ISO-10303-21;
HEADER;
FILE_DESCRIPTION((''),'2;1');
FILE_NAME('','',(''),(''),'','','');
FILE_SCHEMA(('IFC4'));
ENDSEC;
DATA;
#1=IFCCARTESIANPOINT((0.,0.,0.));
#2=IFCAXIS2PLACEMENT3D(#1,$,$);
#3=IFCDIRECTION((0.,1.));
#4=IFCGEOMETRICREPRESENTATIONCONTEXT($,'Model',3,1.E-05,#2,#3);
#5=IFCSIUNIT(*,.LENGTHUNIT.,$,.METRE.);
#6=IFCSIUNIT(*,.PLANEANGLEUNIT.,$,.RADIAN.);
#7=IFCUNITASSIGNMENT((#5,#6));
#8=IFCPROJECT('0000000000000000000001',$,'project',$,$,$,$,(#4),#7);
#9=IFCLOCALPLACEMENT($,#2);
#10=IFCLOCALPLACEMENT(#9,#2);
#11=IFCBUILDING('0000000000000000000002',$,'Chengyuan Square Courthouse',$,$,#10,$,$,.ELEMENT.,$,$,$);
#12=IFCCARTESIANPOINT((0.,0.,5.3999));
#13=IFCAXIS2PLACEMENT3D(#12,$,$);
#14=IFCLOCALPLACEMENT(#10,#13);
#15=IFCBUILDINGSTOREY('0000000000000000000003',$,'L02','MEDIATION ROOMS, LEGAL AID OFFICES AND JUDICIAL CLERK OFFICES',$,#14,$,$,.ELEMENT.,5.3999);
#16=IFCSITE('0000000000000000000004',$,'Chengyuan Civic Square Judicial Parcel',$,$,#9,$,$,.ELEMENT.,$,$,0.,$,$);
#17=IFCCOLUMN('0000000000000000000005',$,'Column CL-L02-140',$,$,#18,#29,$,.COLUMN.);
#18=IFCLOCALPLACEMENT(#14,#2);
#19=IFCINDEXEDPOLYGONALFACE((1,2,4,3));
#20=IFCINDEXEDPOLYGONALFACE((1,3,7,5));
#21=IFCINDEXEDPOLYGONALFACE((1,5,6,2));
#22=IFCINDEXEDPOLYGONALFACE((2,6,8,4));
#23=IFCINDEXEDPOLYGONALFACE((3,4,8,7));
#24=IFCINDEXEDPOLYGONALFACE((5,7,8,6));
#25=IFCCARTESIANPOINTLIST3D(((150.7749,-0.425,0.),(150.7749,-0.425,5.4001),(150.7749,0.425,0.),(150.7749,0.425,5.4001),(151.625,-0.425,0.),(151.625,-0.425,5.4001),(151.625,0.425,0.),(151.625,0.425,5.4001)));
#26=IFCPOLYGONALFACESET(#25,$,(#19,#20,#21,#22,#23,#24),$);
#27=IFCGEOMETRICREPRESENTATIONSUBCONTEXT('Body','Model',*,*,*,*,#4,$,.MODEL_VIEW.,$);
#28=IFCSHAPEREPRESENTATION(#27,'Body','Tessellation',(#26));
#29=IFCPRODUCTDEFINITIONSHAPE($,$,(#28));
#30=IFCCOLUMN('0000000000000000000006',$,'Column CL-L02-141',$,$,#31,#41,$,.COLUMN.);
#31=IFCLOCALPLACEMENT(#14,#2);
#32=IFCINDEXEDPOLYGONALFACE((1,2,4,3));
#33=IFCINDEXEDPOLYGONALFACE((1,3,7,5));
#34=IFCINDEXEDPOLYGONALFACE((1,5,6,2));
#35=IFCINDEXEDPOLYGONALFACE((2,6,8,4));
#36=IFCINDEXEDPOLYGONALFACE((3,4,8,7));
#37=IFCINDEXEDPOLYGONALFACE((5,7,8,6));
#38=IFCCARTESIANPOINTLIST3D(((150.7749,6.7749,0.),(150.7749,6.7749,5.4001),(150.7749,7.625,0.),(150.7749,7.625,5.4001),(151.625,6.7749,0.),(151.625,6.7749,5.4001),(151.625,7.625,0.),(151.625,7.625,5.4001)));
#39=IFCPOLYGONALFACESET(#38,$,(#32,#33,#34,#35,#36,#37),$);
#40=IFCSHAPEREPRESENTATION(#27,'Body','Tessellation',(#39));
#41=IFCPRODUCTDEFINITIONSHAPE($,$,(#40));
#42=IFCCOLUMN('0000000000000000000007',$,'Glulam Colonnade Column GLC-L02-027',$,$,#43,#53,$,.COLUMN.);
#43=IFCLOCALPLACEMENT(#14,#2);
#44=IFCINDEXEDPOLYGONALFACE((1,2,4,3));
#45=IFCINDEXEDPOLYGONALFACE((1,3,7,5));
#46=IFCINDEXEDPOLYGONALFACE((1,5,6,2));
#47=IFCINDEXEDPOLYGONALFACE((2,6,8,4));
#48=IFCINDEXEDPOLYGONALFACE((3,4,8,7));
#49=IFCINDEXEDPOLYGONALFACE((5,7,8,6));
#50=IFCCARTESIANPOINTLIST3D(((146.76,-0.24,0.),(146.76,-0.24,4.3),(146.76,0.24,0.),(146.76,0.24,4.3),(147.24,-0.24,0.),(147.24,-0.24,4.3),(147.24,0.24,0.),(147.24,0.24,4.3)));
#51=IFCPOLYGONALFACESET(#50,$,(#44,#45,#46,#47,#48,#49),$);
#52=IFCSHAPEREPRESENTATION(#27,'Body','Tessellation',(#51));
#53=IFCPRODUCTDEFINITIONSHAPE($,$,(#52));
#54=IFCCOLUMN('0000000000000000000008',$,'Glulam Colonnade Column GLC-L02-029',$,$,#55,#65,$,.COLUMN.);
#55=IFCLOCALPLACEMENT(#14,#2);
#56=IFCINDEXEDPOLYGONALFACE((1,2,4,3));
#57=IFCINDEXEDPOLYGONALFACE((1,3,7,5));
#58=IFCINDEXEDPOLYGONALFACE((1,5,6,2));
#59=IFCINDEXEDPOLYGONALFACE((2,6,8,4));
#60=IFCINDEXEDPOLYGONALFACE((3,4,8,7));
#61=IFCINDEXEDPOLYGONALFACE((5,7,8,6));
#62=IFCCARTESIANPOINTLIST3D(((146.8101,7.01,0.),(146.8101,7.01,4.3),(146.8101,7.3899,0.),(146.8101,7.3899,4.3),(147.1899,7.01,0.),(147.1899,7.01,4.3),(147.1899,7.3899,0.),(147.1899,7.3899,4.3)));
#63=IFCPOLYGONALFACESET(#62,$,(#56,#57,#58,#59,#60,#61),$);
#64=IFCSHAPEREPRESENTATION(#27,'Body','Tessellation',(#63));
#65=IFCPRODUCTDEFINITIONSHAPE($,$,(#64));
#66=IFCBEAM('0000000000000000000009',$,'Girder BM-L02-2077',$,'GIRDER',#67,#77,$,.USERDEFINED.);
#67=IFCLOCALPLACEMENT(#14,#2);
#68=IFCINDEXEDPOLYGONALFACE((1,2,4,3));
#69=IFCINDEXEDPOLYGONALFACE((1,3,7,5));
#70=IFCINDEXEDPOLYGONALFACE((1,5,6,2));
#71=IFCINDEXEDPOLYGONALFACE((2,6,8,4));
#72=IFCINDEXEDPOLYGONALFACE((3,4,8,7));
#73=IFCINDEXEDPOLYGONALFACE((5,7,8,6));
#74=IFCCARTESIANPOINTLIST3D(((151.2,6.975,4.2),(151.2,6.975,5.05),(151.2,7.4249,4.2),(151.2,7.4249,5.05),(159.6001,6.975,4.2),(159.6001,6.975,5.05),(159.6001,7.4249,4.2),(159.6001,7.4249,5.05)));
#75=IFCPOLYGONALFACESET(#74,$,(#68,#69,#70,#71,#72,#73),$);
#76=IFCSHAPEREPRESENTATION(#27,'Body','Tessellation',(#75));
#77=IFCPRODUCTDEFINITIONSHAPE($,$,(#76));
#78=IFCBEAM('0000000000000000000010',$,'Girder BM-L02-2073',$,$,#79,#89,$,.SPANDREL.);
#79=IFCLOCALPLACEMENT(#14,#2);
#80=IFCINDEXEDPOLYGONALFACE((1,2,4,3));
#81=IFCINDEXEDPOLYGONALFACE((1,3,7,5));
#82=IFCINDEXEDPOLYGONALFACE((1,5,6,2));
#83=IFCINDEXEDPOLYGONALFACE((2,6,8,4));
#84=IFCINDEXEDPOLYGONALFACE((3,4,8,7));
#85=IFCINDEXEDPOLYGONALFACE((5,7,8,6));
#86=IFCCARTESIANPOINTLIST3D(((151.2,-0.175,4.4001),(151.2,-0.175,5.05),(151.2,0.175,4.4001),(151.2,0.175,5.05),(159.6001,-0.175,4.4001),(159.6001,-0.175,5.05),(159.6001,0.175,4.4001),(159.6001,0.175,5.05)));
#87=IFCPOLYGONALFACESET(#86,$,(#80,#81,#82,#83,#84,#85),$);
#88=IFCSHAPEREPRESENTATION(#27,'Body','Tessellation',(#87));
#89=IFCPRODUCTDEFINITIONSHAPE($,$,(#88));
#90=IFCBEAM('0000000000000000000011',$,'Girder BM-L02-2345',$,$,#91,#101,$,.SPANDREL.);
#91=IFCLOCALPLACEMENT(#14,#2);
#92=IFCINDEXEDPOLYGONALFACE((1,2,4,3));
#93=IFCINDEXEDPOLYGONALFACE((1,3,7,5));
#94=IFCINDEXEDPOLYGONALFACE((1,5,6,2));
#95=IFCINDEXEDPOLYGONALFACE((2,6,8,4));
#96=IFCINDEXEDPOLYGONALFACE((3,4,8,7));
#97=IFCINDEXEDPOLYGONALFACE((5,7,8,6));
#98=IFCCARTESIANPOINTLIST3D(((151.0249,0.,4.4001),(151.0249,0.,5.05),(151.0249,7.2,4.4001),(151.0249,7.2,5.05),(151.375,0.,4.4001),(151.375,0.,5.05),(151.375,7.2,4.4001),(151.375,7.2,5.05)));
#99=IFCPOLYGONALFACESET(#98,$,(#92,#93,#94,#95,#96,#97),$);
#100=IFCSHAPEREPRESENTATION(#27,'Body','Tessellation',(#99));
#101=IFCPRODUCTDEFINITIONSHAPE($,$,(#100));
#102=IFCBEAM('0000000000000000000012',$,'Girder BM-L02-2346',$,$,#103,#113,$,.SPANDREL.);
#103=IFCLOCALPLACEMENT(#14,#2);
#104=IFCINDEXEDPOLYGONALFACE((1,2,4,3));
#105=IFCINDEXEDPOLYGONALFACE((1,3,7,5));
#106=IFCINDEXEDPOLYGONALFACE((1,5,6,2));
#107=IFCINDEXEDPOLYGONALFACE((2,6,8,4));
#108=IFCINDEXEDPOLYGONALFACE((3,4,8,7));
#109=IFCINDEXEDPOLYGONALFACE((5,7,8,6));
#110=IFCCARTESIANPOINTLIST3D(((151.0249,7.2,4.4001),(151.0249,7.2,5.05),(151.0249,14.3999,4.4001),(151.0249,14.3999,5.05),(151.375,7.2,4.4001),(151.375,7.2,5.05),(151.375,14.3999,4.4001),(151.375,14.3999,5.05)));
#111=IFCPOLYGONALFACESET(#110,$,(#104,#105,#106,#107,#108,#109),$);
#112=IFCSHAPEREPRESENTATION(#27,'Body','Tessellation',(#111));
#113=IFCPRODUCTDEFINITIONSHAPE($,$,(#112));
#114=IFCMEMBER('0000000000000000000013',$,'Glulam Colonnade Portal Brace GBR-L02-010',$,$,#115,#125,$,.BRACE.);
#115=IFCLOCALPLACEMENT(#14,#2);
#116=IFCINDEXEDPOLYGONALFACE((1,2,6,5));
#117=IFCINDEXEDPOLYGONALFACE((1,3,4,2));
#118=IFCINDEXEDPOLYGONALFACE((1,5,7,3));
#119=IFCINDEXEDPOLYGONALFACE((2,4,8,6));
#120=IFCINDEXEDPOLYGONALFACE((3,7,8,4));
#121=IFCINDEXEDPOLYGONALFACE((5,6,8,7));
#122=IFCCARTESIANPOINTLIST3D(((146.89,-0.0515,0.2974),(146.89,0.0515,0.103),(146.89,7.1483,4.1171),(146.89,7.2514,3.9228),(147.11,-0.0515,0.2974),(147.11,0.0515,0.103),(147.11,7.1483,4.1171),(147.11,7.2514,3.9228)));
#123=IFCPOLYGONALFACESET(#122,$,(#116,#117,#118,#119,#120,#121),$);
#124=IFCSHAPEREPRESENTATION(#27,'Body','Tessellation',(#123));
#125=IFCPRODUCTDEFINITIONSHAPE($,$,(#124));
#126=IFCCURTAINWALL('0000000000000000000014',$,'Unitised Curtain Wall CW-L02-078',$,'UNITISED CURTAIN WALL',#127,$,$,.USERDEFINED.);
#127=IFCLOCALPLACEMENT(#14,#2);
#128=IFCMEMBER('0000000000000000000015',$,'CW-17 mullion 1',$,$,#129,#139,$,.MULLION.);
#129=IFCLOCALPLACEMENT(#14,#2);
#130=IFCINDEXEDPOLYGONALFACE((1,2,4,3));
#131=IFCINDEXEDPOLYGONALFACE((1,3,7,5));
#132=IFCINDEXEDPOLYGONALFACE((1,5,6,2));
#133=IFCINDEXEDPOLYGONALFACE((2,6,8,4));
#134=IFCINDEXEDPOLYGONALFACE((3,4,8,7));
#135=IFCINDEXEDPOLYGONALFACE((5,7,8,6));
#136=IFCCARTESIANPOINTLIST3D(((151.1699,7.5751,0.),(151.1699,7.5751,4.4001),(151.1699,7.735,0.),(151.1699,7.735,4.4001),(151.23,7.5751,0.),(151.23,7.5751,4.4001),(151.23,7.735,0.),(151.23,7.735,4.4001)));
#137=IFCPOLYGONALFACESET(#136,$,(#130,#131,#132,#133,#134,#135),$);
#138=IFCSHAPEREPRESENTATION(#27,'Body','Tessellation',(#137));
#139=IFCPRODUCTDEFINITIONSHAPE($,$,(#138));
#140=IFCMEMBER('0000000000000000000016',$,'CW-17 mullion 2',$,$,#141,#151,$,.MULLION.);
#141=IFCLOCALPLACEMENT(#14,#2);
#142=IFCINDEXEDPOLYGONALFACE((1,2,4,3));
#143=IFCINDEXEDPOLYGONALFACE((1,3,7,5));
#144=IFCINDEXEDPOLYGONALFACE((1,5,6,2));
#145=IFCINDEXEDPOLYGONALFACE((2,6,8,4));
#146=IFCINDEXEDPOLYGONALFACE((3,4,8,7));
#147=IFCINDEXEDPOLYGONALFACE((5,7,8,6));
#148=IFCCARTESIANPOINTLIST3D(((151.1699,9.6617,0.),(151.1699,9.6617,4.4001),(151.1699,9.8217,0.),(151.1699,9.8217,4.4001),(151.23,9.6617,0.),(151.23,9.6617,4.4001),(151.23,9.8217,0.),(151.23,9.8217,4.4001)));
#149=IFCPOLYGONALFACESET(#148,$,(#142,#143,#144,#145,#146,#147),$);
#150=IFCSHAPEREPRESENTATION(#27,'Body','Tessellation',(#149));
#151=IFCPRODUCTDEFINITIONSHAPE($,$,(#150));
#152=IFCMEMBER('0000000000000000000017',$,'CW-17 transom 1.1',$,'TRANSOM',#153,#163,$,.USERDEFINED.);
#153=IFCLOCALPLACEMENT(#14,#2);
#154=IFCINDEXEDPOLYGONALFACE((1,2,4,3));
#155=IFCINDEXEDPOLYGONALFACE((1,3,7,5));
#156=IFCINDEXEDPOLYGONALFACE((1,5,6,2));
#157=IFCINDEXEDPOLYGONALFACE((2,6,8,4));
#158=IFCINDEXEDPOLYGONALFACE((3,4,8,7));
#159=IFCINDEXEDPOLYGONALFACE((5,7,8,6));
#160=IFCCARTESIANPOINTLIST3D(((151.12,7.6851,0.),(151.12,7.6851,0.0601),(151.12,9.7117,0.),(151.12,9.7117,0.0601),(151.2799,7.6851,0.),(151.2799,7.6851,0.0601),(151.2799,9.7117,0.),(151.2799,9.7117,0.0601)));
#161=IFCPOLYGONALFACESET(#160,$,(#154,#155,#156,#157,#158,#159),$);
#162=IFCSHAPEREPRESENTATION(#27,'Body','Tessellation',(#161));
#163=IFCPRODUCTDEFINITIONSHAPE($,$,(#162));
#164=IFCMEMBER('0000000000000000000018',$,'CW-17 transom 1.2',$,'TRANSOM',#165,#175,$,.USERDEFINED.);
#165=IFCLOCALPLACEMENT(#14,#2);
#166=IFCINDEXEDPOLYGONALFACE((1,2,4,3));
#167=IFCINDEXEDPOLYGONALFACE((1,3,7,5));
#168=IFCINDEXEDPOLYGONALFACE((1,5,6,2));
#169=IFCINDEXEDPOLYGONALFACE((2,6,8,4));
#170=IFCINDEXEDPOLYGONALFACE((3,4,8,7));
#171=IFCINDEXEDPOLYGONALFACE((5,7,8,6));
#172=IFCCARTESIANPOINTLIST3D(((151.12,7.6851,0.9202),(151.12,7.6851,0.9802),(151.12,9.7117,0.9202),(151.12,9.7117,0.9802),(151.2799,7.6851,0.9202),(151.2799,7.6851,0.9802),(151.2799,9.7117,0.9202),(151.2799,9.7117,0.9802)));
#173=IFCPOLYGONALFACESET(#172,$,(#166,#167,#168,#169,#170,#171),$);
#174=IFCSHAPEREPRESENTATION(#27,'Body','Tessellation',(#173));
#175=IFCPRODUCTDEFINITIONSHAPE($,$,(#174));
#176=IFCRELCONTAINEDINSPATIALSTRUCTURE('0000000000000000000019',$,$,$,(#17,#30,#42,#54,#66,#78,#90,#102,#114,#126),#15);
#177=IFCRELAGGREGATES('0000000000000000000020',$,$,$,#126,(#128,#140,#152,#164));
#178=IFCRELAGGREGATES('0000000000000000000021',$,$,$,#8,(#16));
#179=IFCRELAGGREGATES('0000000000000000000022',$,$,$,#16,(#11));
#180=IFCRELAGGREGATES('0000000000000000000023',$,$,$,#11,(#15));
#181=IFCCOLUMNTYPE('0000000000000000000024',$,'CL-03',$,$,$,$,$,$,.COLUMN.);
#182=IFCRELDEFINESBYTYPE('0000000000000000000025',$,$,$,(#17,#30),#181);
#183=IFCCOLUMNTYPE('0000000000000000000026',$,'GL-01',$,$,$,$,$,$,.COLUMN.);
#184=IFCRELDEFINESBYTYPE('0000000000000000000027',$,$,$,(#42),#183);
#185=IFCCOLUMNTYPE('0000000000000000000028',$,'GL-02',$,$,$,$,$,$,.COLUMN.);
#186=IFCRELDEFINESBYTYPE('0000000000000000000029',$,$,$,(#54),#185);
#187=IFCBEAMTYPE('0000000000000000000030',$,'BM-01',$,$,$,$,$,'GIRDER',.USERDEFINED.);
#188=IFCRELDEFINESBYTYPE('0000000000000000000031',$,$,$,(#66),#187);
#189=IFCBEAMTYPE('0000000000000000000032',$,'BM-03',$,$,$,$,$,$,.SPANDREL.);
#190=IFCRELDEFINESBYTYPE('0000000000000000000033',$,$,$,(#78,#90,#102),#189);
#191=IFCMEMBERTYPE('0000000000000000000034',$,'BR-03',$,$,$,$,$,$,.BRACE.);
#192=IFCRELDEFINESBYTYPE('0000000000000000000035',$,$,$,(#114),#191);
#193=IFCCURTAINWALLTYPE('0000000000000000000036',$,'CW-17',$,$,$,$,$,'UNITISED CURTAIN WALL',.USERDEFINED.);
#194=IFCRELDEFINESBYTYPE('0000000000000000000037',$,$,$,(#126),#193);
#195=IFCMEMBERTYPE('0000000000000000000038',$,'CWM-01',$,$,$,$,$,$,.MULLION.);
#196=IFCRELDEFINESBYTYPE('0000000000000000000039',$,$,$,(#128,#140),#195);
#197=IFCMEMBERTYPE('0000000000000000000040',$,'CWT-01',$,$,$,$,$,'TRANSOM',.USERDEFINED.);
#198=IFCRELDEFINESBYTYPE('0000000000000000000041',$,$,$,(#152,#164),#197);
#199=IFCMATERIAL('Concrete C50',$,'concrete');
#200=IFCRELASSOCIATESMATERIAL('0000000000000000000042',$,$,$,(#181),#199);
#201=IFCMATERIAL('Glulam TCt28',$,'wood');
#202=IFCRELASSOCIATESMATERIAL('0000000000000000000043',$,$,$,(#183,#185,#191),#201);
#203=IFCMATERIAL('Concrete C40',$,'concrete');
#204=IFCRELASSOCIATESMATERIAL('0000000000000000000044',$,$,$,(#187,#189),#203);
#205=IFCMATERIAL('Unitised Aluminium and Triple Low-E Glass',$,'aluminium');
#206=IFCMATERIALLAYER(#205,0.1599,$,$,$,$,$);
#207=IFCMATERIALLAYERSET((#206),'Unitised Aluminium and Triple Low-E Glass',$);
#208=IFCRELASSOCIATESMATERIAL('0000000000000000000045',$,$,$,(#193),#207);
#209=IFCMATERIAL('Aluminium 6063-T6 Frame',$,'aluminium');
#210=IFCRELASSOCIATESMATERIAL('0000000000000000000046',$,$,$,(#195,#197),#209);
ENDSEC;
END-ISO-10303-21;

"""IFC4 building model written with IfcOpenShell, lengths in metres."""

from ifc_helpers import new_model, si_unit, direction, frame, origin, origin_2d, place, context, subcontext, project, spatial, rectangle, extrude, material, layer, layer_set, material_profile, profile_set, type_object, element, aggregate, save


model = new_model("IFC4")

# Units and contexts
model_context = context("Model", 3, precision=1e-05, world=origin(), true_north=direction((0.0, 1.0)))
body_context = subcontext(model_context, "Body", "Model", "MODEL_VIEW")
ifc_project = project(units=[si_unit("LENGTHUNIT", "METRE"), si_unit("PLANEANGLEUNIT", "RADIAN")], contexts=[model_context])

# Site, building, storey
site_placement = place(None, origin())
site = spatial("IfcSite", under=ifc_project, at=site_placement, Name="Chengyuan Civic Square Judicial Parcel", CompositionType="ELEMENT", RefElevation=0.0)
building_placement = place(site_placement, origin())
building = spatial("IfcBuilding", under=site, at=building_placement, Name="Chengyuan Square Courthouse", CompositionType="ELEMENT")
storey_placement = place(building_placement, frame((0.0, 0.0, 5.3999)))
storey = spatial("IfcBuildingStorey", under=building, at=storey_placement, Name="L02", Description="MEDIATION ROOMS, LEGAL AID OFFICES AND JUDICIAL CLERK OFFICES", CompositionType="ELEMENT", Elevation=5.3999)

# Columns
ifc_material_1 = material(Name="Concrete C50", Category="concrete")
ifc_material_profile_1 = material_profile(ifc_material_1, rectangle(XDim=0.8501, YDim=0.8501, at=origin_2d()), Name="RC-COL-850x850")
ifc_profile_set_1 = profile_set([ifc_material_profile_1], Name="Concrete C50")
column_type_1 = type_object("IfcColumnType", Name="CL-03", PredefinedType="COLUMN", material=ifc_profile_set_1)
for number, where, z_axis, x_axis, name in (
    (1, (151.2, 0.0, 0.0), (0.0, 0.0, 1.0), (1.0, 0.0, 0.0), "Column CL-L02-140"),
    (2, (151.2, 7.2, 0.0), (0.0, 0.0, 1.0), (1.0, 0.0, 0.0), "Column CL-L02-141"),
):
    element("IfcColumn", number, at=place(storey_placement, frame(where, z_axis=z_axis, x_axis=x_axis)), inside=storey, type_object=column_type_1, Name=name, PredefinedType="COLUMN", context=body_context, shape_type="SweptSolid", body=[
        extrude(rectangle(XDim=0.8501, YDim=0.8501, at=origin_2d()), origin(), (0.0, 0.0, 1.0), 5.4001),
    ])
ifc_material_2 = material(Name="Glulam TCt28", Category="wood")
ifc_material_profile_2 = material_profile(ifc_material_2, rectangle(XDim=0.48, YDim=0.48, at=origin_2d()), Name="GL-COL-480x480")
ifc_profile_set_2 = profile_set([ifc_material_profile_2], Name="Glulam TCt28")
column_type_2 = type_object("IfcColumnType", Name="GL-01", PredefinedType="COLUMN", material=ifc_profile_set_2)
column_1_placement = place(storey_placement, frame((147.0, 0.0, 0.0), z_axis=(0.0, 0.0, 1.0), x_axis=(1.0, 0.0, 0.0)))
element("IfcColumn", 3, at=column_1_placement, inside=storey, type_object=column_type_2, Name="Glulam Colonnade Column GLC-L02-027", PredefinedType="COLUMN", context=body_context, shape_type="SweptSolid", body=[
    extrude(rectangle(XDim=0.48, YDim=0.48, at=origin_2d()), origin(), (0.0, 0.0, 1.0), 4.3),
])
ifc_material_profile_3 = material_profile(ifc_material_2, rectangle(XDim=0.3799, YDim=0.3799, at=origin_2d()), Name="GL-COL-380x380")
ifc_profile_set_3 = profile_set([ifc_material_profile_3], Name="Glulam TCt28")
column_type_3 = type_object("IfcColumnType", Name="GL-02", PredefinedType="COLUMN", material=ifc_profile_set_3)
column_2_placement = place(storey_placement, frame((147.0, 7.2, 0.0), z_axis=(0.0, 0.0, 1.0), x_axis=(1.0, 0.0, 0.0)))
element("IfcColumn", 4, at=column_2_placement, inside=storey, type_object=column_type_3, Name="Glulam Colonnade Column GLC-L02-029", PredefinedType="COLUMN", context=body_context, shape_type="SweptSolid", body=[
    extrude(rectangle(XDim=0.3799, YDim=0.3799, at=origin_2d()), origin(), (0.0, 0.0, 1.0), 4.3),
])

# Beams
ifc_material_3 = material(Name="Concrete C40", Category="concrete")
ifc_material_profile_4 = material_profile(ifc_material_3, rectangle(XDim=0.45, YDim=0.8501, at=origin_2d()), Name="RC-BM-450x850")
ifc_profile_set_4 = profile_set([ifc_material_profile_4], Name="Concrete C40")
beam_type_1 = type_object("IfcBeamType", Name="BM-01", ElementType="GIRDER", PredefinedType="USERDEFINED", material=ifc_profile_set_4)
beam_1_placement = place(storey_placement, frame((151.2, 7.2, 4.625), z_axis=(1.0, 0.0, 0.0), x_axis=(0.0, 1.0, 0.0)))
element("IfcBeam", 5, at=beam_1_placement, inside=storey, type_object=beam_type_1, Name="Girder BM-L02-2077", ObjectType="GIRDER", PredefinedType="USERDEFINED", context=body_context, shape_type="SweptSolid", body=[
    extrude(rectangle(XDim=0.45, YDim=0.8501, at=origin_2d()), origin(), (0.0, 0.0, 1.0), 8.4001),
])
ifc_material_profile_5 = material_profile(ifc_material_3, rectangle(XDim=0.3501, YDim=0.6499, at=origin_2d()), Name="RC-BM-350x650")
ifc_profile_set_5 = profile_set([ifc_material_profile_5], Name="Concrete C40")
beam_type_2 = type_object("IfcBeamType", Name="BM-03", PredefinedType="SPANDREL", material=ifc_profile_set_5)
beam_2_placement = place(storey_placement, frame((151.2, 0.0, 4.7251), z_axis=(1.0, 0.0, 0.0), x_axis=(0.0, 1.0, 0.0)))
element("IfcBeam", 6, at=beam_2_placement, inside=storey, type_object=beam_type_2, Name="Girder BM-L02-2073", PredefinedType="SPANDREL", context=body_context, shape_type="SweptSolid", body=[
    extrude(rectangle(XDim=0.3501, YDim=0.6499, at=origin_2d()), origin(), (0.0, 0.0, 1.0), 8.4001),
])
for number, where, z_axis, x_axis, name in (
    (7, (151.2, 0.0, 4.7251), (0.0, 1.0, 0.0), (-1.0, 0.0, 0.0), "Girder BM-L02-2345"),
    (8, (151.2, 7.2, 4.7251), (0.0, 1.0, 0.0), (-1.0, 0.0, 0.0), "Girder BM-L02-2346"),
):
    element("IfcBeam", number, at=place(storey_placement, frame(where, z_axis=z_axis, x_axis=x_axis)), inside=storey, type_object=beam_type_2, Name=name, PredefinedType="SPANDREL", context=body_context, shape_type="SweptSolid", body=[
        extrude(rectangle(XDim=0.3501, YDim=0.6499, at=origin_2d()), origin(), (0.0, 0.0, 1.0), 7.2),
    ])

# Member
ifc_material_profile_6 = material_profile(ifc_material_2, rectangle(XDim=0.22, YDim=0.22, at=origin_2d()), Name="GL-BR-220x220")
ifc_profile_set_6 = profile_set([ifc_material_profile_6], Name="Glulam TCt28")
member_type_1 = type_object("IfcMemberType", Name="BR-03", PredefinedType="BRACE", material=ifc_profile_set_6)
member_1_placement = place(storey_placement, frame((147.0, 0.0, 0.2002), z_axis=(0.0, 0.883377, 0.468662), x_axis=(-1.0, 0.0, 0.0)))
element("IfcMember", 9, at=member_1_placement, inside=storey, type_object=member_type_1, Name="Glulam Colonnade Portal Brace GBR-L02-010", PredefinedType="BRACE", context=body_context, shape_type="SweptSolid", body=[
    extrude(rectangle(XDim=0.22, YDim=0.22, at=origin_2d()), origin(), (0.0, 0.0, 1.0), 8.1504),
])

# Curtain wall, members
ifc_material_4 = material(Name="Unitised Aluminium and Triple Low-E Glass", Category="aluminium")
ifc_layer_1 = layer(ifc_material_4, 0.1599)
ifc_layer_set_1 = layer_set([ifc_layer_1], Name="Unitised Aluminium and Triple Low-E Glass")
curtain_wall_type = type_object("IfcCurtainWallType", Name="CW-17", ElementType="UNITISED CURTAIN WALL", PredefinedType="USERDEFINED", material=ifc_layer_set_1)
curtain_wall_placement = place(storey_placement, origin())
curtain_wall = element("IfcCurtainWall", 10, at=curtain_wall_placement, inside=storey, type_object=curtain_wall_type, Name="Unitised Curtain Wall CW-L02-078", ObjectType="UNITISED CURTAIN WALL", PredefinedType="USERDEFINED")
ifc_material_5 = material(Name="Aluminium 6063-T6 Frame", Category="aluminium")
ifc_material_profile_7 = material_profile(ifc_material_5, rectangle(XDim=0.0601, YDim=0.1599, at=origin_2d()), Name="CW-MUL-60x160")
ifc_profile_set_7 = profile_set([ifc_material_profile_7], Name="Aluminium 6063-T6 Frame")
member_type_2 = type_object("IfcMemberType", Name="CWM-01", PredefinedType="MULLION", material=ifc_profile_set_7)
member_2_placement = place(storey_placement, frame((151.2, 7.655, 0.0), z_axis=(0.0, 0.0, 1.0), x_axis=(-1.0, 0.0, 0.0)))
member_2 = element("IfcMember", 11, at=member_2_placement, type_object=member_type_2, Name="CW-17 mullion 1", PredefinedType="MULLION", context=body_context, shape_type="SweptSolid", body=[
    extrude(rectangle(XDim=0.0601, YDim=0.1599, at=origin_2d()), origin(), (0.0, 0.0, 1.0), 4.4001),
])
member_3_placement = place(storey_placement, frame((151.2, 9.7417, 0.0), z_axis=(0.0, 0.0, 1.0), x_axis=(-1.0, 0.0, 0.0)))
member_3 = element("IfcMember", 12, at=member_3_placement, type_object=member_type_2, Name="CW-17 mullion 2", PredefinedType="MULLION", context=body_context, shape_type="SweptSolid", body=[
    extrude(rectangle(XDim=0.0601, YDim=0.1599, at=origin_2d()), origin(), (0.0, 0.0, 1.0), 4.4001),
])
ifc_material_profile_8 = material_profile(ifc_material_5, rectangle(XDim=0.1599, YDim=0.0601, at=origin_2d()), Name="CW-TRN-60x120")
ifc_profile_set_8 = profile_set([ifc_material_profile_8], Name="Aluminium 6063-T6 Frame")
member_type_3 = type_object("IfcMemberType", Name="CWT-01", ElementType="TRANSOM", PredefinedType="USERDEFINED", material=ifc_profile_set_8)
member_4_placement = place(storey_placement, frame((151.2, 7.6851, 0.03), z_axis=(0.0, 1.0, 0.0), x_axis=(-1.0, 0.0, 0.0)))
member_4 = element("IfcMember", 13, at=member_4_placement, type_object=member_type_3, Name="CW-17 transom 1.1", ObjectType="TRANSOM", PredefinedType="USERDEFINED", context=body_context, shape_type="SweptSolid", body=[
    extrude(rectangle(XDim=0.1599, YDim=0.0601, at=origin_2d()), origin(), (0.0, 0.0, 1.0), 2.0266),
])
member_5_placement = place(storey_placement, frame((151.2, 7.6851, 0.9502), z_axis=(0.0, 1.0, 0.0), x_axis=(-1.0, 0.0, 0.0)))
member_5 = element("IfcMember", 14, at=member_5_placement, type_object=member_type_3, Name="CW-17 transom 1.2", ObjectType="TRANSOM", PredefinedType="USERDEFINED", context=body_context, shape_type="SweptSolid", body=[
    extrude(rectangle(XDim=0.1599, YDim=0.0601, at=origin_2d()), origin(), (0.0, 0.0, 1.0), 2.0266),
])

aggregate(curtain_wall, [member_2, member_3, member_4, member_5])

save(model, "model.ifc")
